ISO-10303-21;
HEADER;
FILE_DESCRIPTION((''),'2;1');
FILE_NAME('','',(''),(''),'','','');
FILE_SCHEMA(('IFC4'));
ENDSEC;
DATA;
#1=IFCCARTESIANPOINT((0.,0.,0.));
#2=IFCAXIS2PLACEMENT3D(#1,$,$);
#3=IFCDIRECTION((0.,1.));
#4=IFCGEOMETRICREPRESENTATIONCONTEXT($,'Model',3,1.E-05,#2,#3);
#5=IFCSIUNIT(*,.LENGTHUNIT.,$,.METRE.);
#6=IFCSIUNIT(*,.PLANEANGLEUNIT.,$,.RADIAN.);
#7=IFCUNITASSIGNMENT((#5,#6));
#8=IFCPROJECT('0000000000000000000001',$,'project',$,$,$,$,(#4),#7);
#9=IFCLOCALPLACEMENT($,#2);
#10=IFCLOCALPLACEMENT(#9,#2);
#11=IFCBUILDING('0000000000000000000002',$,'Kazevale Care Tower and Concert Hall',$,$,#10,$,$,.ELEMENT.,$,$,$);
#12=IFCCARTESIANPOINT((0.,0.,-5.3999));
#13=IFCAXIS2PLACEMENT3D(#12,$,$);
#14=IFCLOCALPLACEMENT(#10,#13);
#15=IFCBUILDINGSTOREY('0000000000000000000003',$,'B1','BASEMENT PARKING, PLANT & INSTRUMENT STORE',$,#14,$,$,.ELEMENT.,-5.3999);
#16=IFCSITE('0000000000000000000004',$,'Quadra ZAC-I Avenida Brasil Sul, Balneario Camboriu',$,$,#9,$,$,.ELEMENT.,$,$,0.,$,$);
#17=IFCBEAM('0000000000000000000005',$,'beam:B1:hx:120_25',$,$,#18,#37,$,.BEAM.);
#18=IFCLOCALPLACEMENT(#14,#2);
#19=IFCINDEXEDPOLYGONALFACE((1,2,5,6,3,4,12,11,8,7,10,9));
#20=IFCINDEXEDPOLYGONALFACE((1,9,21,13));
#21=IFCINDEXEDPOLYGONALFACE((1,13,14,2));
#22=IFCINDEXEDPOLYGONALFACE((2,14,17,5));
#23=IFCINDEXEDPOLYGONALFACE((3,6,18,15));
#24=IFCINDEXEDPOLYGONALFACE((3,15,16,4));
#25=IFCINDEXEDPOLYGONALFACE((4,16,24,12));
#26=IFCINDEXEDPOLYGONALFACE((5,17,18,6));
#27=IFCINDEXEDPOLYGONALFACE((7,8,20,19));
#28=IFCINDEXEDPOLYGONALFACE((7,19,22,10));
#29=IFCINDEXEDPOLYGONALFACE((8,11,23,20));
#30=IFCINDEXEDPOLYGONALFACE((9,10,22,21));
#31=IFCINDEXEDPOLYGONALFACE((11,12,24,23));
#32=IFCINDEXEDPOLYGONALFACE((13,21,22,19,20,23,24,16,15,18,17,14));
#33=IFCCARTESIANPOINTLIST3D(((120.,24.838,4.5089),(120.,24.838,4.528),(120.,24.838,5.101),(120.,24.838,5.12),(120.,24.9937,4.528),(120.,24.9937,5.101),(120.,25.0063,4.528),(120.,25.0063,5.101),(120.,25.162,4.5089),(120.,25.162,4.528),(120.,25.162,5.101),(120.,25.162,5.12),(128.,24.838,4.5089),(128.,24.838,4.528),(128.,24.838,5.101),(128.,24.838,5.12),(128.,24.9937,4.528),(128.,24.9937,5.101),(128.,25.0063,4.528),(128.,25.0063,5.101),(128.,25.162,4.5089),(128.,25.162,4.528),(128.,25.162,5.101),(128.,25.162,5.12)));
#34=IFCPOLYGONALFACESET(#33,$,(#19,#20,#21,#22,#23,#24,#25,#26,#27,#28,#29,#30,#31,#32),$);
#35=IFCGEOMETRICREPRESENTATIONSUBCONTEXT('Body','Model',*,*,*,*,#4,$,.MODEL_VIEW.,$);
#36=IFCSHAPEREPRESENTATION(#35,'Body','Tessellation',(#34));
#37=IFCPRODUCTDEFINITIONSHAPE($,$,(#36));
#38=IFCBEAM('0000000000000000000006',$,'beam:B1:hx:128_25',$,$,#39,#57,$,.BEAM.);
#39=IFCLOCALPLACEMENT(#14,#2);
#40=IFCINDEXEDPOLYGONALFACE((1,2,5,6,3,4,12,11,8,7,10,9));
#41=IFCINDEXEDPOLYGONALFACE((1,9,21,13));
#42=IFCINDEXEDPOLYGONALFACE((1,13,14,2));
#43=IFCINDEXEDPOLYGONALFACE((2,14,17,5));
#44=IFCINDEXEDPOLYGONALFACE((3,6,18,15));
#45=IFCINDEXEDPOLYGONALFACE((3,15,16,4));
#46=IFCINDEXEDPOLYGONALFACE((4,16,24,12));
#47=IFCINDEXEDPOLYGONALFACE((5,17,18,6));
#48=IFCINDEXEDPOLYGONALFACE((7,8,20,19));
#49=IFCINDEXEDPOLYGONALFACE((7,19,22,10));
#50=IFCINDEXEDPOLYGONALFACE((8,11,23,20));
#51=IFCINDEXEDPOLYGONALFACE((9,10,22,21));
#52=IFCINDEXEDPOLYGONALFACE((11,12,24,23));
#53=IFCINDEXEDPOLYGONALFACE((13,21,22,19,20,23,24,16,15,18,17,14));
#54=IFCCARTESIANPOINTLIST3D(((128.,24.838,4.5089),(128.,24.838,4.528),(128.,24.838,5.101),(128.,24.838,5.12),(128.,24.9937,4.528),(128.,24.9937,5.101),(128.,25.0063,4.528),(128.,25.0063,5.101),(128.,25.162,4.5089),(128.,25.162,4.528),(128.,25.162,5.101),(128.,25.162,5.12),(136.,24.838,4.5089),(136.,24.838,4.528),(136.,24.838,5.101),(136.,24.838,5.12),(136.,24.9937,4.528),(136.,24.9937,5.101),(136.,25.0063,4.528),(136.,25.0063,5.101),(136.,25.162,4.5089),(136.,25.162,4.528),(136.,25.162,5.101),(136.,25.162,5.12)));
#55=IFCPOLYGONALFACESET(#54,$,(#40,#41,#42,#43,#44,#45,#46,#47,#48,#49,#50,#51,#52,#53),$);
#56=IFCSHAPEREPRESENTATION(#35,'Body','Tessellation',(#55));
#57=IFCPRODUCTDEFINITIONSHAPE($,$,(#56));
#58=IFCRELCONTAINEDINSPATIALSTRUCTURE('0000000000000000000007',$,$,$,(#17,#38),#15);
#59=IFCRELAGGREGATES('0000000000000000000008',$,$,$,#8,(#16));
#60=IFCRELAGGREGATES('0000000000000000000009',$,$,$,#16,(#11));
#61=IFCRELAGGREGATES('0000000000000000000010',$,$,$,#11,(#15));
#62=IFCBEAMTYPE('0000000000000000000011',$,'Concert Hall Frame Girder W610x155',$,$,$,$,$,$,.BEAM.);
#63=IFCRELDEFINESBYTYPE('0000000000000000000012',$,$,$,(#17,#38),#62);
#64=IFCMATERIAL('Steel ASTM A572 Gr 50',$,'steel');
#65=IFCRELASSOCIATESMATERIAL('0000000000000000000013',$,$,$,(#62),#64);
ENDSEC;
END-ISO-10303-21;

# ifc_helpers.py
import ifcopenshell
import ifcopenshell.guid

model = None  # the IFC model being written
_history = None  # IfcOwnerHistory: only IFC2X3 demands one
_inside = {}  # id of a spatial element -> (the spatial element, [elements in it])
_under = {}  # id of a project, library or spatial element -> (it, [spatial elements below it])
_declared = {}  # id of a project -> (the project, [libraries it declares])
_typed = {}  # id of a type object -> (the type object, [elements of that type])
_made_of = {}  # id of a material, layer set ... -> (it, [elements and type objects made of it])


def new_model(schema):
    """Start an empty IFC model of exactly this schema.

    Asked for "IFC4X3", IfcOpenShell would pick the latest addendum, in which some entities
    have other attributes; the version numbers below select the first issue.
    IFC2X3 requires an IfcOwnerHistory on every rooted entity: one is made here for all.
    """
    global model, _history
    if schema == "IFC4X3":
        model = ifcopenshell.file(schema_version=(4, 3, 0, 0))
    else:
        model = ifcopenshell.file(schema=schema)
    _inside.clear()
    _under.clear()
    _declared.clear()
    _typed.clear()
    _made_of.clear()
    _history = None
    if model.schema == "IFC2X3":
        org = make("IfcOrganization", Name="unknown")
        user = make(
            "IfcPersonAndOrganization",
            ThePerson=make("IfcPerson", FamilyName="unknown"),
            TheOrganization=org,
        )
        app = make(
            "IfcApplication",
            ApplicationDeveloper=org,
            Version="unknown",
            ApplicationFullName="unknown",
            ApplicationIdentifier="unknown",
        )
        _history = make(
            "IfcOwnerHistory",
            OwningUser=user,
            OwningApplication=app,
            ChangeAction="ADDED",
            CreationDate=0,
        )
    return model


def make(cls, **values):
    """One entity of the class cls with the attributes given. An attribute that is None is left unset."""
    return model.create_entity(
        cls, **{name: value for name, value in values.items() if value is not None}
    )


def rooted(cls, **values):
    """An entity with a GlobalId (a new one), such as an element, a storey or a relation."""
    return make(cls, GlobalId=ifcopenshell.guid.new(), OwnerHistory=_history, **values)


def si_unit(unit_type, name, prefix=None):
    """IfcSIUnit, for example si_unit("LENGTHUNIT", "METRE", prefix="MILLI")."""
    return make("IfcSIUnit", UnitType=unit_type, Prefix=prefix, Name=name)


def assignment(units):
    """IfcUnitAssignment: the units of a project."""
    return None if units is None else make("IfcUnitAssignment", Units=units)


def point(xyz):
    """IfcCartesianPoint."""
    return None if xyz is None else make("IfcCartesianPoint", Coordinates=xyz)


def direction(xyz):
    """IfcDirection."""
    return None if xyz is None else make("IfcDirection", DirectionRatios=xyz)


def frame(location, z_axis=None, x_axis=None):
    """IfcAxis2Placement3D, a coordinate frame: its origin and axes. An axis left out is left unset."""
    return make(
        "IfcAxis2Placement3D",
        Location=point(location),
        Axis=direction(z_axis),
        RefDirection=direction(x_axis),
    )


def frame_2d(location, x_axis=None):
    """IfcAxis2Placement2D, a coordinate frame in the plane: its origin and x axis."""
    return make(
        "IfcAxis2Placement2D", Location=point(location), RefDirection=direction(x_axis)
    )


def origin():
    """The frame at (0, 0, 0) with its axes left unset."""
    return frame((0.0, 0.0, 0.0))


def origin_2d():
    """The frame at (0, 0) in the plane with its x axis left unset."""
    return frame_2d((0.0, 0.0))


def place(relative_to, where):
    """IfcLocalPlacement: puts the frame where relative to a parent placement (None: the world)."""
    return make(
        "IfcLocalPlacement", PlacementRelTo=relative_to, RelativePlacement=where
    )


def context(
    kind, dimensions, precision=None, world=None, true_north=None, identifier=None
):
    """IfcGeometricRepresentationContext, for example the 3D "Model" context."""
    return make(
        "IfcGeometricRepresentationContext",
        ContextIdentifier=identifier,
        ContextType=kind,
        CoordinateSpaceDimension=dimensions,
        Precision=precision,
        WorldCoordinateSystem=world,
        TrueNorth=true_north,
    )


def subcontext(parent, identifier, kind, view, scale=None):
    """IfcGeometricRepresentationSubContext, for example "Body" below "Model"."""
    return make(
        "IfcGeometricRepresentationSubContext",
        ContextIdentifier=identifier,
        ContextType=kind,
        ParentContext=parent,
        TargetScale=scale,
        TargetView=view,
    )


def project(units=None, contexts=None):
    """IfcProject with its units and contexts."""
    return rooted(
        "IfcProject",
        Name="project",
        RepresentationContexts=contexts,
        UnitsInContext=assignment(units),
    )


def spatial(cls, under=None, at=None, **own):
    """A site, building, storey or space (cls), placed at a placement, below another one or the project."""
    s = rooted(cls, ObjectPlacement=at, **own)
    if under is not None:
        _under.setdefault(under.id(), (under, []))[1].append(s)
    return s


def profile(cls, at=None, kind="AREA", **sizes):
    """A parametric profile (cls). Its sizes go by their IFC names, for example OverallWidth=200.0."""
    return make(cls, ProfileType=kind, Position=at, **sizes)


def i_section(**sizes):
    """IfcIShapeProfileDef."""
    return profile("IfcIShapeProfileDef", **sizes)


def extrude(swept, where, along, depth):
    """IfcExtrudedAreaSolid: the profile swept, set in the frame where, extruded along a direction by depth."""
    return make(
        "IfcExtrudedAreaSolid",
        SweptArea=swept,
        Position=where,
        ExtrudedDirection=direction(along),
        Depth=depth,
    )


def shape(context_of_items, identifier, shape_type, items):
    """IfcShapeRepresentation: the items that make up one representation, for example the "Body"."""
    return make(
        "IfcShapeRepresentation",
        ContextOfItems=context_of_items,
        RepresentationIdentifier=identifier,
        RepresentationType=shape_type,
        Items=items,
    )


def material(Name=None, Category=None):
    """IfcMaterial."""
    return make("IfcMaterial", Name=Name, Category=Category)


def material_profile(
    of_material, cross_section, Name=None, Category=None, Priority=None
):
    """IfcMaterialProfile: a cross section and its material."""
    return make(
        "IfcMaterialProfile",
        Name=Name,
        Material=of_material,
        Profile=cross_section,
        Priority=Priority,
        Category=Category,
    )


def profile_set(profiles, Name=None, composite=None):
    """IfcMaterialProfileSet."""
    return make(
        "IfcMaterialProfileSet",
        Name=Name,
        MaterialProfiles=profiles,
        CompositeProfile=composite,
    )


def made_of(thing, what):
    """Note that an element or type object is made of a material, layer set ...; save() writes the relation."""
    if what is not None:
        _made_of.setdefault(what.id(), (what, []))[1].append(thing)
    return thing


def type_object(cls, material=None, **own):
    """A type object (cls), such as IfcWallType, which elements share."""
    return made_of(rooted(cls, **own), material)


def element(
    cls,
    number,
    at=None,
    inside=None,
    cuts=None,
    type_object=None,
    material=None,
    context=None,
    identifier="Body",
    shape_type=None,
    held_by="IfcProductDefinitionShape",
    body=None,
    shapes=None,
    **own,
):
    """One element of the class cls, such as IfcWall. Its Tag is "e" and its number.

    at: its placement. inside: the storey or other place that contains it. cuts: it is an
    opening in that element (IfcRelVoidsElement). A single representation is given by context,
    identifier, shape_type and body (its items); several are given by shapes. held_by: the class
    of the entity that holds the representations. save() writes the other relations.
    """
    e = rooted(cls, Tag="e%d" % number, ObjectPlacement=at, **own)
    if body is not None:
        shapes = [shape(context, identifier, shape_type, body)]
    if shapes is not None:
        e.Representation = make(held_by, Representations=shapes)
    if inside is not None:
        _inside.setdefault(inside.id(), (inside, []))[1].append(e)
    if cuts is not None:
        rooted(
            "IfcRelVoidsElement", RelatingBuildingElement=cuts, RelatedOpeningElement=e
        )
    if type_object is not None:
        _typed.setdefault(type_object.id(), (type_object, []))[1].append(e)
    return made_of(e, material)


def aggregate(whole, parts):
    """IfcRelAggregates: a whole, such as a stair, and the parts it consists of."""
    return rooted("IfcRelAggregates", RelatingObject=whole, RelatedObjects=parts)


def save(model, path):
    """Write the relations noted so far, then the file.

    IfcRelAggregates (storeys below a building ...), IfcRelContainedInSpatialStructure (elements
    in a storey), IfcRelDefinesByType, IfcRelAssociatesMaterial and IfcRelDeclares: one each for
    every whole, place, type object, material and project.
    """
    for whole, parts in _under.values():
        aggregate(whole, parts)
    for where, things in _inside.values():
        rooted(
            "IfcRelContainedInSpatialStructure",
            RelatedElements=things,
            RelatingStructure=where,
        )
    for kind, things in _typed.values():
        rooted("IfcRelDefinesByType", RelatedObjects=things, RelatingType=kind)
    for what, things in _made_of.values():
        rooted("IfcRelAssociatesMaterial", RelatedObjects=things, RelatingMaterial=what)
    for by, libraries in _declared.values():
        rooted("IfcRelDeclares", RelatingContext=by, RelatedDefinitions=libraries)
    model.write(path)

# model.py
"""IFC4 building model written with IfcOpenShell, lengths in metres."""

from ifc_helpers import new_model, si_unit, direction, frame, origin, origin_2d, place, context, subcontext, project, spatial, i_section, extrude, material, material_profile, profile_set, type_object, element, save


model = new_model("IFC4")

# Units and contexts
model_context = context("Model", 3, precision=1e-05, world=origin(), true_north=direction((0.0, 1.0)))
body_context = subcontext(model_context, "Body", "Model", "MODEL_VIEW")
ifc_project = project(units=[si_unit("LENGTHUNIT", "METRE"), si_unit("PLANEANGLEUNIT", "RADIAN")], contexts=[model_context])

# Site, building, storey
site_placement = place(None, origin())
site = spatial("IfcSite", under=ifc_project, at=site_placement, Name="Quadra ZAC-I Avenida Brasil Sul, Balneario Camboriu", CompositionType="ELEMENT", RefElevation=0.0)
building_placement = place(site_placement, origin())
building = spatial("IfcBuilding", under=site, at=building_placement, Name="Kazevale Care Tower and Concert Hall", CompositionType="ELEMENT")
storey_placement = place(building_placement, frame((0.0, 0.0, -5.3999)))
storey = spatial("IfcBuildingStorey", under=building, at=storey_placement, Name="B1", Description="BASEMENT PARKING, PLANT & INSTRUMENT STORE", CompositionType="ELEMENT", Elevation=-5.3999)

# Beams
ifc_material_1 = material(Name="Steel ASTM A572 Gr 50", Category="steel")
ifc_material_profile_1 = material_profile(ifc_material_1, i_section(OverallWidth=0.324, OverallDepth=0.6111, WebThickness=0.0127, FlangeThickness=0.019, at=origin_2d()), Name="W610x155")
ifc_profile_set_1 = profile_set([ifc_material_profile_1], Name="Steel ASTM A572 Gr 50")
beam_type = type_object("IfcBeamType", Name="Concert Hall Frame Girder W610x155", PredefinedType="BEAM", material=ifc_profile_set_1)
for number, where, z_axis, x_axis, name in (
    (1, (120.0, 25.0, 4.8145), (1.0, 0.0, 0.0), (0.0, 1.0, 0.0), "beam:B1:hx:120_25"),
    (2, (128.0, 25.0, 4.8145), (1.0, 0.0, 0.0), (0.0, 1.0, 0.0), "beam:B1:hx:128_25"),
):
    element("IfcBeam", number, at=place(storey_placement, frame(where, z_axis=z_axis, x_axis=x_axis)), inside=storey, type_object=beam_type, Name=name, PredefinedType="BEAM", context=body_context, shape_type="SweptSolid", body=[
        extrude(i_section(OverallWidth=0.324, OverallDepth=0.6111, WebThickness=0.0127, FlangeThickness=0.019, at=origin_2d()), origin(), (0.0, 0.0, 1.0), 8.0),
    ])

save(model, "model.ifc")
